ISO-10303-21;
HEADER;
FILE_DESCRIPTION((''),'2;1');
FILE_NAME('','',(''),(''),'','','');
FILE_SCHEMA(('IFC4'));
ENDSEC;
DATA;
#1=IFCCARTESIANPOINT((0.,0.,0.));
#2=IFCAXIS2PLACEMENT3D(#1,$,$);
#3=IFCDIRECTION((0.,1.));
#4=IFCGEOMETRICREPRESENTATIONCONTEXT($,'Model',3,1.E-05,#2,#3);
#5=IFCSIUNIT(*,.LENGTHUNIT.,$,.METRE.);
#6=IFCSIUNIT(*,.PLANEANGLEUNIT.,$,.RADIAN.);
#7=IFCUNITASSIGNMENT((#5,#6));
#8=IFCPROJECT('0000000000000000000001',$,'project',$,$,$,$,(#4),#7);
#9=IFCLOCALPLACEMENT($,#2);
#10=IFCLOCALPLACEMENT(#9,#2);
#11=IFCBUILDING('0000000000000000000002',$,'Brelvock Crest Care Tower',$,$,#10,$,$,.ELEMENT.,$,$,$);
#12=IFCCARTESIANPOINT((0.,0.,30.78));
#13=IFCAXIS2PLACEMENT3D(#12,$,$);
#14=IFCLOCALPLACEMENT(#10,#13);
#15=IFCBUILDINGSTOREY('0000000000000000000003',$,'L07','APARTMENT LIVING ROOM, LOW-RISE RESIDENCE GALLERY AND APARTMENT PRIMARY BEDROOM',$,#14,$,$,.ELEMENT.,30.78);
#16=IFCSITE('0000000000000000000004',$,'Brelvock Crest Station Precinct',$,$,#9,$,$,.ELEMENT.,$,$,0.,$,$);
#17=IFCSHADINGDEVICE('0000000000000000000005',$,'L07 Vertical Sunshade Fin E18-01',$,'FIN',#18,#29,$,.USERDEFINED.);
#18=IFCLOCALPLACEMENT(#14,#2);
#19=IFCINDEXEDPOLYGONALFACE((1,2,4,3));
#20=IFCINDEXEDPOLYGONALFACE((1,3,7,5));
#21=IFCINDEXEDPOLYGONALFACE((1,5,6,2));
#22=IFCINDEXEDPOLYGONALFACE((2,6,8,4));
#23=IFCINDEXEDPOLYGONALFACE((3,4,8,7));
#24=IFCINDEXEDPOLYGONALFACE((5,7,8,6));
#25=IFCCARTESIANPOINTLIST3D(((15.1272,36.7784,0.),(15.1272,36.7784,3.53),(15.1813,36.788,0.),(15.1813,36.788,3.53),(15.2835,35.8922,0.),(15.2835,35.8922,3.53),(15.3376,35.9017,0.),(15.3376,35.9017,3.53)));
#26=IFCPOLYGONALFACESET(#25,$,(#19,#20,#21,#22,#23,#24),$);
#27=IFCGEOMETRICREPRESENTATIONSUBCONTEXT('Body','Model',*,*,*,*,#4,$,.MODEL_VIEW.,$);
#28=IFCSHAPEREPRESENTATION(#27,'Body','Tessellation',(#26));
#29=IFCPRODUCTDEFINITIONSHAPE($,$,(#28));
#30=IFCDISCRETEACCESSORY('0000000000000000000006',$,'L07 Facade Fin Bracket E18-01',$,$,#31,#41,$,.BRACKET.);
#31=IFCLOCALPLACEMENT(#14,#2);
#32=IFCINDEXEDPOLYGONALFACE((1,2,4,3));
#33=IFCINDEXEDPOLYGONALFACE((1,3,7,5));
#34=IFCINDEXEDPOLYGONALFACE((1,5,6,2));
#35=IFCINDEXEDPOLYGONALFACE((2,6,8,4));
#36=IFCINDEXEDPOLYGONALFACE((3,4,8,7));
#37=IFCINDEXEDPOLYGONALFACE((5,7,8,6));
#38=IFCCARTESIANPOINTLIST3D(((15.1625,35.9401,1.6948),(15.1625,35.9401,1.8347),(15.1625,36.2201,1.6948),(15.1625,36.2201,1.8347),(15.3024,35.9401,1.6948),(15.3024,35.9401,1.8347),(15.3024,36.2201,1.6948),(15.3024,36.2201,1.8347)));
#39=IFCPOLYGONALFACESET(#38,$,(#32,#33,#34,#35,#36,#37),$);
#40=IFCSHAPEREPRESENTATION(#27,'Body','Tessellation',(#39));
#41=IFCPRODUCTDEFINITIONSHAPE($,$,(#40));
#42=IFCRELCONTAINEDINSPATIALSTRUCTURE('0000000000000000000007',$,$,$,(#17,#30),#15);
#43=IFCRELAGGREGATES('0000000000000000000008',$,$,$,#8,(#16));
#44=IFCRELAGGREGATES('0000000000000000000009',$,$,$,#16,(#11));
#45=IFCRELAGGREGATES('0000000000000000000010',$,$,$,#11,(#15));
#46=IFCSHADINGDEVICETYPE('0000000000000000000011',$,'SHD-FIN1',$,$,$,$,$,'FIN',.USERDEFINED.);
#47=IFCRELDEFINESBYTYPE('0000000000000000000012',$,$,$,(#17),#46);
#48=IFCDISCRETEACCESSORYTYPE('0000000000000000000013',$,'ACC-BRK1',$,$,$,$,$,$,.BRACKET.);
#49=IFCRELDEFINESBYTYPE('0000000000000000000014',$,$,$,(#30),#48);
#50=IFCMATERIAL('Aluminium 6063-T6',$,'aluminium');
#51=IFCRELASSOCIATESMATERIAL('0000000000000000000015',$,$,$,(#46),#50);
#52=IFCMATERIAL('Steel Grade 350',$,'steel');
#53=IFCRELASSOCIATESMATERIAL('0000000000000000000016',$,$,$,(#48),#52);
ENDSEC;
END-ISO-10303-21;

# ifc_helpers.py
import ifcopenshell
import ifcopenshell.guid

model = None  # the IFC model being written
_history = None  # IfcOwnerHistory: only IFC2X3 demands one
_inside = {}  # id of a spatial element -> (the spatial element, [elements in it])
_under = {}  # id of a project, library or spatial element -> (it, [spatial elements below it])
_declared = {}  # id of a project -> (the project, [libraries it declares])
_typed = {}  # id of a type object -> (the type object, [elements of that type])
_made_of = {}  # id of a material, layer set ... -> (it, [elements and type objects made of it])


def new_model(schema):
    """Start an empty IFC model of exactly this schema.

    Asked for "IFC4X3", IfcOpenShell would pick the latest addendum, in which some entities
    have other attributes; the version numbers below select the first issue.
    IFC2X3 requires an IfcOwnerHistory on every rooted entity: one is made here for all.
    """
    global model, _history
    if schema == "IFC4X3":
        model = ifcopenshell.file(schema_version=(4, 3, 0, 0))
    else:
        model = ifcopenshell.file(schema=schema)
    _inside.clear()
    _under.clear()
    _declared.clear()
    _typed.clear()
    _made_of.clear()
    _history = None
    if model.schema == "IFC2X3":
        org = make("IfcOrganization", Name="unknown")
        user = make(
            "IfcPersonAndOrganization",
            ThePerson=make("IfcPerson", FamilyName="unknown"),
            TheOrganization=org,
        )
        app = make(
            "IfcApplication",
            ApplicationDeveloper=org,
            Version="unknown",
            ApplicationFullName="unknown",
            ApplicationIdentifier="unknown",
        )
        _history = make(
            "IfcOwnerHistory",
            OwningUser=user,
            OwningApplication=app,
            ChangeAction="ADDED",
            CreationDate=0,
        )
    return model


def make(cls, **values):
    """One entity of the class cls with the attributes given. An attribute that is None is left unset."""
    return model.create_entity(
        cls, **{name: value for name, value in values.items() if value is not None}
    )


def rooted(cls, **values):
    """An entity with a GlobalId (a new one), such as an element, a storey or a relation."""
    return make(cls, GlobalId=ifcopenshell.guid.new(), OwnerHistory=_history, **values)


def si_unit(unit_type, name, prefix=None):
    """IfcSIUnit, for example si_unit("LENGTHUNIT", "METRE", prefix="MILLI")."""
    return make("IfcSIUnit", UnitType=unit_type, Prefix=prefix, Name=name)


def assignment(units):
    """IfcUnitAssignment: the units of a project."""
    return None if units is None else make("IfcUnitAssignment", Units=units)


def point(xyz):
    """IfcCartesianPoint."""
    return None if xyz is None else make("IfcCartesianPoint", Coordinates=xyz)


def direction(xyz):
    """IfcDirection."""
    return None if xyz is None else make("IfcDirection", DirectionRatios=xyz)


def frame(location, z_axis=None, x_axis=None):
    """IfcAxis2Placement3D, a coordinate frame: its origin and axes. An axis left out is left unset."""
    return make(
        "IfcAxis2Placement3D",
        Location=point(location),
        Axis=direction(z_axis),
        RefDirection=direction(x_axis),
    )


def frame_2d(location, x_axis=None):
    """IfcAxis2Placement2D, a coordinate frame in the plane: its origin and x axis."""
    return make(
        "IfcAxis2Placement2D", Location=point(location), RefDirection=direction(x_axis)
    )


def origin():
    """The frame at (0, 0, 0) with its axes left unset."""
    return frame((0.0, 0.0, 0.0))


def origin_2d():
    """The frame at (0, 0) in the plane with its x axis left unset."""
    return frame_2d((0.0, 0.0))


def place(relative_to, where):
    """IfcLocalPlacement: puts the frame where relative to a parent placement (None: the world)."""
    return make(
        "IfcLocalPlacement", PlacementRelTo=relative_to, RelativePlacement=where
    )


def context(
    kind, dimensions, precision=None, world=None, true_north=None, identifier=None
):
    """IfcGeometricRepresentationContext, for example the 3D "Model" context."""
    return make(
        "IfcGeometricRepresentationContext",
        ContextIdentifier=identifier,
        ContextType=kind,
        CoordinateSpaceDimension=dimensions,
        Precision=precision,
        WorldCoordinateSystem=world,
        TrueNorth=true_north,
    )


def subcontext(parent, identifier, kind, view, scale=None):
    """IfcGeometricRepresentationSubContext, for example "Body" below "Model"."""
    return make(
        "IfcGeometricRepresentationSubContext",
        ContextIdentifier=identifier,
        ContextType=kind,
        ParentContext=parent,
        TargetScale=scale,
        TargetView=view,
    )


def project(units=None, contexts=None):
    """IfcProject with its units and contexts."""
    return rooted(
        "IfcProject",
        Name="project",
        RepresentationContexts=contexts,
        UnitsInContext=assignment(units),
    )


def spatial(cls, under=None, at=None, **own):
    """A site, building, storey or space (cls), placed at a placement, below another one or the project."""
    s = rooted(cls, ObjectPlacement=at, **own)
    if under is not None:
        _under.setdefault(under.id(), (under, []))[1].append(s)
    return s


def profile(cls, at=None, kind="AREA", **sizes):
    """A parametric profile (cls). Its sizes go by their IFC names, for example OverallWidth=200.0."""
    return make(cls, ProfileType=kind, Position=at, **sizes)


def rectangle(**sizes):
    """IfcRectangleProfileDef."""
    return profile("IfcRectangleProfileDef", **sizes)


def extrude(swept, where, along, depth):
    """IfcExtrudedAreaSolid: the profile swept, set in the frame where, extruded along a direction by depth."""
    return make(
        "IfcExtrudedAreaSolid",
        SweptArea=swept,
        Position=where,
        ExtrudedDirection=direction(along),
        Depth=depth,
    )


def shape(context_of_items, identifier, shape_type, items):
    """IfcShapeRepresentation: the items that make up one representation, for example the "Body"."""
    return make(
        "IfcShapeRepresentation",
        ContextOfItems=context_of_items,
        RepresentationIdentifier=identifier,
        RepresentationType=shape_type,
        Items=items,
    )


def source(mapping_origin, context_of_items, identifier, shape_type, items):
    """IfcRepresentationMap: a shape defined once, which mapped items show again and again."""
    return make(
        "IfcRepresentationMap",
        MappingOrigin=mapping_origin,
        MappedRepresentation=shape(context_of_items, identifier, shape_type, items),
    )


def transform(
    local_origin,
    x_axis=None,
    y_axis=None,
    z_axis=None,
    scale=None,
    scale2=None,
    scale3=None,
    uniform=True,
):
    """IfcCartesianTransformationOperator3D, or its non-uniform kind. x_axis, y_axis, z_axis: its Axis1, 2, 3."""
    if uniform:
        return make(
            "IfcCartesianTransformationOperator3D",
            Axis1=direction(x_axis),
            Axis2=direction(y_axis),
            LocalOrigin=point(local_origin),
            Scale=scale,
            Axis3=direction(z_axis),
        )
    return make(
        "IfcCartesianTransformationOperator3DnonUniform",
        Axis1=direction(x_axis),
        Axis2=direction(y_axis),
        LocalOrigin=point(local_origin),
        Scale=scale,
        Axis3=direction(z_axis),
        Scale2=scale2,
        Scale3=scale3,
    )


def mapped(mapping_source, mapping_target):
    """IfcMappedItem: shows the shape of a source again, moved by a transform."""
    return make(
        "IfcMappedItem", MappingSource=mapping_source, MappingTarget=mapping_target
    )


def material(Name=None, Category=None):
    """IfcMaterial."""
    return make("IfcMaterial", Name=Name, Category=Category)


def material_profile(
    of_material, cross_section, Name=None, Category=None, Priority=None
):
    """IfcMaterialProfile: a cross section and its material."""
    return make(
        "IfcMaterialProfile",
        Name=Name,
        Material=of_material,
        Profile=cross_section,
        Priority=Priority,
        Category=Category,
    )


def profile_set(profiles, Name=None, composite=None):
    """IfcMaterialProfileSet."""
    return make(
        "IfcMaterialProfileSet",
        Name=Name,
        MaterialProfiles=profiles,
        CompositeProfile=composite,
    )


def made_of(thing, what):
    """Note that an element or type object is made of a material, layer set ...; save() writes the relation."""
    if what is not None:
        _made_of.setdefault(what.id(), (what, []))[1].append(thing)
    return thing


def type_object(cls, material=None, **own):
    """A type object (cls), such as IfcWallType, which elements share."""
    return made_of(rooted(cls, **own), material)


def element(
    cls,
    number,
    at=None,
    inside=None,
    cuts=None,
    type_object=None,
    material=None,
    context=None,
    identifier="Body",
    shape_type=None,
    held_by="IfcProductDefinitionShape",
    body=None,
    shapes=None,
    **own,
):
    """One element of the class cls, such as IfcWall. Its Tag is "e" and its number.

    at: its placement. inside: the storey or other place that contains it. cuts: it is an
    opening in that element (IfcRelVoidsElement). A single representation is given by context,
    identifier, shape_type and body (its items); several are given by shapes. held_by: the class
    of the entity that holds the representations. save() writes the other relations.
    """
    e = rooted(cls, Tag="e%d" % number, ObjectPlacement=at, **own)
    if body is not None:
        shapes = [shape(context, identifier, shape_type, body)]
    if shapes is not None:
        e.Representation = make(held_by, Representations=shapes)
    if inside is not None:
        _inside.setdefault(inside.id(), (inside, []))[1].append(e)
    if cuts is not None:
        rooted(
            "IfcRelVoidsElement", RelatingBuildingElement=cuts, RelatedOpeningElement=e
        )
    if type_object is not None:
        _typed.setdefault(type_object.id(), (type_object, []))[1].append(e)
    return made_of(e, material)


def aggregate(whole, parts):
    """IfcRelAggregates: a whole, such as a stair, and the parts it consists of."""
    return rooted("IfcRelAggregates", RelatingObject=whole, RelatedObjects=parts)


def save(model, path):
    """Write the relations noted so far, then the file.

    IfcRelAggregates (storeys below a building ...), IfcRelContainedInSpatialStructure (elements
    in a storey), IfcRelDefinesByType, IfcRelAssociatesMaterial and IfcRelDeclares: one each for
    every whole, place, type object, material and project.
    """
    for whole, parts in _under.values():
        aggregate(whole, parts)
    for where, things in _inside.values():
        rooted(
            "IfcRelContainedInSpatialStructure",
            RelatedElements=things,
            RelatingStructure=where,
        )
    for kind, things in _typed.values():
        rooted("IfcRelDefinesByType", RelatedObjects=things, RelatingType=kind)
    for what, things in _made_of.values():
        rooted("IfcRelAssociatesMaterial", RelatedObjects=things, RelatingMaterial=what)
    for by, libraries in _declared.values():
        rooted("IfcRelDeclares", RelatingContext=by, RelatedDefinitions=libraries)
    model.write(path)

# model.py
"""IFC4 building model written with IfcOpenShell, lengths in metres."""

from ifc_helpers import new_model, si_unit, direction, frame, origin, origin_2d, place, context, subcontext, project, spatial, rectangle, extrude, source, transform, mapped, material, material_profile, profile_set, type_object, element, save


model = new_model("IFC4")

# Units and contexts
model_context = context("Model", 3, precision=1e-05, world=origin(), true_north=direction((0.0, 1.0)))
body_context = subcontext(model_context, "Body", "Model", "MODEL_VIEW")
ifc_project = project(units=[si_unit("LENGTHUNIT", "METRE"), si_unit("PLANEANGLEUNIT", "RADIAN")], contexts=[model_context])

# Site, building, storey
site_placement = place(None, origin())
site = spatial("IfcSite", under=ifc_project, at=site_placement, Name="Brelvock Crest Station Precinct", CompositionType="ELEMENT", RefElevation=0.0)
building_placement = place(site_placement, origin())
building = spatial("IfcBuilding", under=site, at=building_placement, Name="Brelvock Crest Care Tower", CompositionType="ELEMENT")
storey_placement = place(building_placement, frame((0.0, 0.0, 30.78)))
storey = spatial("IfcBuildingStorey", under=building, at=storey_placement, Name="L07", Description="APARTMENT LIVING ROOM, LOW-RISE RESIDENCE GALLERY AND APARTMENT PRIMARY BEDROOM", CompositionType="ELEMENT", Elevation=30.78)

# Shared definitions
ifc_material_1 = material(Name="Steel Grade 350", Category="steel")

# Shared definitions
ifc_material_2 = material(Name="Aluminium 6063-T6", Category="aluminium")

# Shading device
ifc_material_profile_1 = material_profile(ifc_material_2, rectangle(XDim=0.0549, YDim=0.8999, at=origin_2d()), Name="FIN55x900")
ifc_profile_set_1 = profile_set([ifc_material_profile_1], Name="Aluminium 6063-T6")
shading_device_type = type_object("IfcShadingDeviceType", Name="SHD-FIN1", ElementType="FIN", PredefinedType="USERDEFINED", material=ifc_profile_set_1)
shared_shape_1 = source(origin(), body_context, "Body", "SweptSolid", [
    extrude(rectangle(XDim=0.0549, YDim=0.8999, at=origin_2d()), origin(), (0.0, 0.0, 1.0), 3.53),
])
shading_device_placement = place(storey_placement, frame((15.2324, 36.3401, 0.0), z_axis=(0.0, 0.0, 1.0), x_axis=(0.984808, 0.173648, 0.0)))
element("IfcShadingDevice", 1, at=shading_device_placement, inside=storey, type_object=shading_device_type, Name="L07 Vertical Sunshade Fin E18-01", ObjectType="FIN", PredefinedType="USERDEFINED", context=body_context, shape_type="MappedRepresentation", body=[
    mapped(shared_shape_1, transform((0.0, 0.0, 0.0), x_axis=(1.0, 0.0, 0.0), y_axis=(0.0, 1.0, 0.0), z_axis=(0.0, 0.0, 1.0), scale=1.0)),
])

# Discrete accessory
discrete_accessory_type = type_object("IfcDiscreteAccessoryType", Name="ACC-BRK1", PredefinedType="BRACKET", material=ifc_material_1)
shared_shape_2 = source(origin(), body_context, "Body", "SweptSolid", [
    extrude(rectangle(XDim=0.28, YDim=0.1399, at=origin_2d()), origin(), (0.0, 0.0, 1.0), 0.1399),
])
discrete_accessory_placement = place(storey_placement, frame((15.2324, 36.0801, 1.6948), z_axis=(0.0, 0.0, 1.0), x_axis=(0.0, 1.0, 0.0)))
element("IfcDiscreteAccessory", 2, at=discrete_accessory_placement, inside=storey, type_object=discrete_accessory_type, Name="L07 Facade Fin Bracket E18-01", PredefinedType="BRACKET", context=body_context, shape_type="MappedRepresentation", body=[
    mapped(shared_shape_2, transform((0.0, 0.0, 0.0), x_axis=(1.0, 0.0, 0.0), y_axis=(0.0, 1.0, 0.0), z_axis=(0.0, 0.0, 1.0), scale=1.0)),
])

save(model, "model.ifc")
